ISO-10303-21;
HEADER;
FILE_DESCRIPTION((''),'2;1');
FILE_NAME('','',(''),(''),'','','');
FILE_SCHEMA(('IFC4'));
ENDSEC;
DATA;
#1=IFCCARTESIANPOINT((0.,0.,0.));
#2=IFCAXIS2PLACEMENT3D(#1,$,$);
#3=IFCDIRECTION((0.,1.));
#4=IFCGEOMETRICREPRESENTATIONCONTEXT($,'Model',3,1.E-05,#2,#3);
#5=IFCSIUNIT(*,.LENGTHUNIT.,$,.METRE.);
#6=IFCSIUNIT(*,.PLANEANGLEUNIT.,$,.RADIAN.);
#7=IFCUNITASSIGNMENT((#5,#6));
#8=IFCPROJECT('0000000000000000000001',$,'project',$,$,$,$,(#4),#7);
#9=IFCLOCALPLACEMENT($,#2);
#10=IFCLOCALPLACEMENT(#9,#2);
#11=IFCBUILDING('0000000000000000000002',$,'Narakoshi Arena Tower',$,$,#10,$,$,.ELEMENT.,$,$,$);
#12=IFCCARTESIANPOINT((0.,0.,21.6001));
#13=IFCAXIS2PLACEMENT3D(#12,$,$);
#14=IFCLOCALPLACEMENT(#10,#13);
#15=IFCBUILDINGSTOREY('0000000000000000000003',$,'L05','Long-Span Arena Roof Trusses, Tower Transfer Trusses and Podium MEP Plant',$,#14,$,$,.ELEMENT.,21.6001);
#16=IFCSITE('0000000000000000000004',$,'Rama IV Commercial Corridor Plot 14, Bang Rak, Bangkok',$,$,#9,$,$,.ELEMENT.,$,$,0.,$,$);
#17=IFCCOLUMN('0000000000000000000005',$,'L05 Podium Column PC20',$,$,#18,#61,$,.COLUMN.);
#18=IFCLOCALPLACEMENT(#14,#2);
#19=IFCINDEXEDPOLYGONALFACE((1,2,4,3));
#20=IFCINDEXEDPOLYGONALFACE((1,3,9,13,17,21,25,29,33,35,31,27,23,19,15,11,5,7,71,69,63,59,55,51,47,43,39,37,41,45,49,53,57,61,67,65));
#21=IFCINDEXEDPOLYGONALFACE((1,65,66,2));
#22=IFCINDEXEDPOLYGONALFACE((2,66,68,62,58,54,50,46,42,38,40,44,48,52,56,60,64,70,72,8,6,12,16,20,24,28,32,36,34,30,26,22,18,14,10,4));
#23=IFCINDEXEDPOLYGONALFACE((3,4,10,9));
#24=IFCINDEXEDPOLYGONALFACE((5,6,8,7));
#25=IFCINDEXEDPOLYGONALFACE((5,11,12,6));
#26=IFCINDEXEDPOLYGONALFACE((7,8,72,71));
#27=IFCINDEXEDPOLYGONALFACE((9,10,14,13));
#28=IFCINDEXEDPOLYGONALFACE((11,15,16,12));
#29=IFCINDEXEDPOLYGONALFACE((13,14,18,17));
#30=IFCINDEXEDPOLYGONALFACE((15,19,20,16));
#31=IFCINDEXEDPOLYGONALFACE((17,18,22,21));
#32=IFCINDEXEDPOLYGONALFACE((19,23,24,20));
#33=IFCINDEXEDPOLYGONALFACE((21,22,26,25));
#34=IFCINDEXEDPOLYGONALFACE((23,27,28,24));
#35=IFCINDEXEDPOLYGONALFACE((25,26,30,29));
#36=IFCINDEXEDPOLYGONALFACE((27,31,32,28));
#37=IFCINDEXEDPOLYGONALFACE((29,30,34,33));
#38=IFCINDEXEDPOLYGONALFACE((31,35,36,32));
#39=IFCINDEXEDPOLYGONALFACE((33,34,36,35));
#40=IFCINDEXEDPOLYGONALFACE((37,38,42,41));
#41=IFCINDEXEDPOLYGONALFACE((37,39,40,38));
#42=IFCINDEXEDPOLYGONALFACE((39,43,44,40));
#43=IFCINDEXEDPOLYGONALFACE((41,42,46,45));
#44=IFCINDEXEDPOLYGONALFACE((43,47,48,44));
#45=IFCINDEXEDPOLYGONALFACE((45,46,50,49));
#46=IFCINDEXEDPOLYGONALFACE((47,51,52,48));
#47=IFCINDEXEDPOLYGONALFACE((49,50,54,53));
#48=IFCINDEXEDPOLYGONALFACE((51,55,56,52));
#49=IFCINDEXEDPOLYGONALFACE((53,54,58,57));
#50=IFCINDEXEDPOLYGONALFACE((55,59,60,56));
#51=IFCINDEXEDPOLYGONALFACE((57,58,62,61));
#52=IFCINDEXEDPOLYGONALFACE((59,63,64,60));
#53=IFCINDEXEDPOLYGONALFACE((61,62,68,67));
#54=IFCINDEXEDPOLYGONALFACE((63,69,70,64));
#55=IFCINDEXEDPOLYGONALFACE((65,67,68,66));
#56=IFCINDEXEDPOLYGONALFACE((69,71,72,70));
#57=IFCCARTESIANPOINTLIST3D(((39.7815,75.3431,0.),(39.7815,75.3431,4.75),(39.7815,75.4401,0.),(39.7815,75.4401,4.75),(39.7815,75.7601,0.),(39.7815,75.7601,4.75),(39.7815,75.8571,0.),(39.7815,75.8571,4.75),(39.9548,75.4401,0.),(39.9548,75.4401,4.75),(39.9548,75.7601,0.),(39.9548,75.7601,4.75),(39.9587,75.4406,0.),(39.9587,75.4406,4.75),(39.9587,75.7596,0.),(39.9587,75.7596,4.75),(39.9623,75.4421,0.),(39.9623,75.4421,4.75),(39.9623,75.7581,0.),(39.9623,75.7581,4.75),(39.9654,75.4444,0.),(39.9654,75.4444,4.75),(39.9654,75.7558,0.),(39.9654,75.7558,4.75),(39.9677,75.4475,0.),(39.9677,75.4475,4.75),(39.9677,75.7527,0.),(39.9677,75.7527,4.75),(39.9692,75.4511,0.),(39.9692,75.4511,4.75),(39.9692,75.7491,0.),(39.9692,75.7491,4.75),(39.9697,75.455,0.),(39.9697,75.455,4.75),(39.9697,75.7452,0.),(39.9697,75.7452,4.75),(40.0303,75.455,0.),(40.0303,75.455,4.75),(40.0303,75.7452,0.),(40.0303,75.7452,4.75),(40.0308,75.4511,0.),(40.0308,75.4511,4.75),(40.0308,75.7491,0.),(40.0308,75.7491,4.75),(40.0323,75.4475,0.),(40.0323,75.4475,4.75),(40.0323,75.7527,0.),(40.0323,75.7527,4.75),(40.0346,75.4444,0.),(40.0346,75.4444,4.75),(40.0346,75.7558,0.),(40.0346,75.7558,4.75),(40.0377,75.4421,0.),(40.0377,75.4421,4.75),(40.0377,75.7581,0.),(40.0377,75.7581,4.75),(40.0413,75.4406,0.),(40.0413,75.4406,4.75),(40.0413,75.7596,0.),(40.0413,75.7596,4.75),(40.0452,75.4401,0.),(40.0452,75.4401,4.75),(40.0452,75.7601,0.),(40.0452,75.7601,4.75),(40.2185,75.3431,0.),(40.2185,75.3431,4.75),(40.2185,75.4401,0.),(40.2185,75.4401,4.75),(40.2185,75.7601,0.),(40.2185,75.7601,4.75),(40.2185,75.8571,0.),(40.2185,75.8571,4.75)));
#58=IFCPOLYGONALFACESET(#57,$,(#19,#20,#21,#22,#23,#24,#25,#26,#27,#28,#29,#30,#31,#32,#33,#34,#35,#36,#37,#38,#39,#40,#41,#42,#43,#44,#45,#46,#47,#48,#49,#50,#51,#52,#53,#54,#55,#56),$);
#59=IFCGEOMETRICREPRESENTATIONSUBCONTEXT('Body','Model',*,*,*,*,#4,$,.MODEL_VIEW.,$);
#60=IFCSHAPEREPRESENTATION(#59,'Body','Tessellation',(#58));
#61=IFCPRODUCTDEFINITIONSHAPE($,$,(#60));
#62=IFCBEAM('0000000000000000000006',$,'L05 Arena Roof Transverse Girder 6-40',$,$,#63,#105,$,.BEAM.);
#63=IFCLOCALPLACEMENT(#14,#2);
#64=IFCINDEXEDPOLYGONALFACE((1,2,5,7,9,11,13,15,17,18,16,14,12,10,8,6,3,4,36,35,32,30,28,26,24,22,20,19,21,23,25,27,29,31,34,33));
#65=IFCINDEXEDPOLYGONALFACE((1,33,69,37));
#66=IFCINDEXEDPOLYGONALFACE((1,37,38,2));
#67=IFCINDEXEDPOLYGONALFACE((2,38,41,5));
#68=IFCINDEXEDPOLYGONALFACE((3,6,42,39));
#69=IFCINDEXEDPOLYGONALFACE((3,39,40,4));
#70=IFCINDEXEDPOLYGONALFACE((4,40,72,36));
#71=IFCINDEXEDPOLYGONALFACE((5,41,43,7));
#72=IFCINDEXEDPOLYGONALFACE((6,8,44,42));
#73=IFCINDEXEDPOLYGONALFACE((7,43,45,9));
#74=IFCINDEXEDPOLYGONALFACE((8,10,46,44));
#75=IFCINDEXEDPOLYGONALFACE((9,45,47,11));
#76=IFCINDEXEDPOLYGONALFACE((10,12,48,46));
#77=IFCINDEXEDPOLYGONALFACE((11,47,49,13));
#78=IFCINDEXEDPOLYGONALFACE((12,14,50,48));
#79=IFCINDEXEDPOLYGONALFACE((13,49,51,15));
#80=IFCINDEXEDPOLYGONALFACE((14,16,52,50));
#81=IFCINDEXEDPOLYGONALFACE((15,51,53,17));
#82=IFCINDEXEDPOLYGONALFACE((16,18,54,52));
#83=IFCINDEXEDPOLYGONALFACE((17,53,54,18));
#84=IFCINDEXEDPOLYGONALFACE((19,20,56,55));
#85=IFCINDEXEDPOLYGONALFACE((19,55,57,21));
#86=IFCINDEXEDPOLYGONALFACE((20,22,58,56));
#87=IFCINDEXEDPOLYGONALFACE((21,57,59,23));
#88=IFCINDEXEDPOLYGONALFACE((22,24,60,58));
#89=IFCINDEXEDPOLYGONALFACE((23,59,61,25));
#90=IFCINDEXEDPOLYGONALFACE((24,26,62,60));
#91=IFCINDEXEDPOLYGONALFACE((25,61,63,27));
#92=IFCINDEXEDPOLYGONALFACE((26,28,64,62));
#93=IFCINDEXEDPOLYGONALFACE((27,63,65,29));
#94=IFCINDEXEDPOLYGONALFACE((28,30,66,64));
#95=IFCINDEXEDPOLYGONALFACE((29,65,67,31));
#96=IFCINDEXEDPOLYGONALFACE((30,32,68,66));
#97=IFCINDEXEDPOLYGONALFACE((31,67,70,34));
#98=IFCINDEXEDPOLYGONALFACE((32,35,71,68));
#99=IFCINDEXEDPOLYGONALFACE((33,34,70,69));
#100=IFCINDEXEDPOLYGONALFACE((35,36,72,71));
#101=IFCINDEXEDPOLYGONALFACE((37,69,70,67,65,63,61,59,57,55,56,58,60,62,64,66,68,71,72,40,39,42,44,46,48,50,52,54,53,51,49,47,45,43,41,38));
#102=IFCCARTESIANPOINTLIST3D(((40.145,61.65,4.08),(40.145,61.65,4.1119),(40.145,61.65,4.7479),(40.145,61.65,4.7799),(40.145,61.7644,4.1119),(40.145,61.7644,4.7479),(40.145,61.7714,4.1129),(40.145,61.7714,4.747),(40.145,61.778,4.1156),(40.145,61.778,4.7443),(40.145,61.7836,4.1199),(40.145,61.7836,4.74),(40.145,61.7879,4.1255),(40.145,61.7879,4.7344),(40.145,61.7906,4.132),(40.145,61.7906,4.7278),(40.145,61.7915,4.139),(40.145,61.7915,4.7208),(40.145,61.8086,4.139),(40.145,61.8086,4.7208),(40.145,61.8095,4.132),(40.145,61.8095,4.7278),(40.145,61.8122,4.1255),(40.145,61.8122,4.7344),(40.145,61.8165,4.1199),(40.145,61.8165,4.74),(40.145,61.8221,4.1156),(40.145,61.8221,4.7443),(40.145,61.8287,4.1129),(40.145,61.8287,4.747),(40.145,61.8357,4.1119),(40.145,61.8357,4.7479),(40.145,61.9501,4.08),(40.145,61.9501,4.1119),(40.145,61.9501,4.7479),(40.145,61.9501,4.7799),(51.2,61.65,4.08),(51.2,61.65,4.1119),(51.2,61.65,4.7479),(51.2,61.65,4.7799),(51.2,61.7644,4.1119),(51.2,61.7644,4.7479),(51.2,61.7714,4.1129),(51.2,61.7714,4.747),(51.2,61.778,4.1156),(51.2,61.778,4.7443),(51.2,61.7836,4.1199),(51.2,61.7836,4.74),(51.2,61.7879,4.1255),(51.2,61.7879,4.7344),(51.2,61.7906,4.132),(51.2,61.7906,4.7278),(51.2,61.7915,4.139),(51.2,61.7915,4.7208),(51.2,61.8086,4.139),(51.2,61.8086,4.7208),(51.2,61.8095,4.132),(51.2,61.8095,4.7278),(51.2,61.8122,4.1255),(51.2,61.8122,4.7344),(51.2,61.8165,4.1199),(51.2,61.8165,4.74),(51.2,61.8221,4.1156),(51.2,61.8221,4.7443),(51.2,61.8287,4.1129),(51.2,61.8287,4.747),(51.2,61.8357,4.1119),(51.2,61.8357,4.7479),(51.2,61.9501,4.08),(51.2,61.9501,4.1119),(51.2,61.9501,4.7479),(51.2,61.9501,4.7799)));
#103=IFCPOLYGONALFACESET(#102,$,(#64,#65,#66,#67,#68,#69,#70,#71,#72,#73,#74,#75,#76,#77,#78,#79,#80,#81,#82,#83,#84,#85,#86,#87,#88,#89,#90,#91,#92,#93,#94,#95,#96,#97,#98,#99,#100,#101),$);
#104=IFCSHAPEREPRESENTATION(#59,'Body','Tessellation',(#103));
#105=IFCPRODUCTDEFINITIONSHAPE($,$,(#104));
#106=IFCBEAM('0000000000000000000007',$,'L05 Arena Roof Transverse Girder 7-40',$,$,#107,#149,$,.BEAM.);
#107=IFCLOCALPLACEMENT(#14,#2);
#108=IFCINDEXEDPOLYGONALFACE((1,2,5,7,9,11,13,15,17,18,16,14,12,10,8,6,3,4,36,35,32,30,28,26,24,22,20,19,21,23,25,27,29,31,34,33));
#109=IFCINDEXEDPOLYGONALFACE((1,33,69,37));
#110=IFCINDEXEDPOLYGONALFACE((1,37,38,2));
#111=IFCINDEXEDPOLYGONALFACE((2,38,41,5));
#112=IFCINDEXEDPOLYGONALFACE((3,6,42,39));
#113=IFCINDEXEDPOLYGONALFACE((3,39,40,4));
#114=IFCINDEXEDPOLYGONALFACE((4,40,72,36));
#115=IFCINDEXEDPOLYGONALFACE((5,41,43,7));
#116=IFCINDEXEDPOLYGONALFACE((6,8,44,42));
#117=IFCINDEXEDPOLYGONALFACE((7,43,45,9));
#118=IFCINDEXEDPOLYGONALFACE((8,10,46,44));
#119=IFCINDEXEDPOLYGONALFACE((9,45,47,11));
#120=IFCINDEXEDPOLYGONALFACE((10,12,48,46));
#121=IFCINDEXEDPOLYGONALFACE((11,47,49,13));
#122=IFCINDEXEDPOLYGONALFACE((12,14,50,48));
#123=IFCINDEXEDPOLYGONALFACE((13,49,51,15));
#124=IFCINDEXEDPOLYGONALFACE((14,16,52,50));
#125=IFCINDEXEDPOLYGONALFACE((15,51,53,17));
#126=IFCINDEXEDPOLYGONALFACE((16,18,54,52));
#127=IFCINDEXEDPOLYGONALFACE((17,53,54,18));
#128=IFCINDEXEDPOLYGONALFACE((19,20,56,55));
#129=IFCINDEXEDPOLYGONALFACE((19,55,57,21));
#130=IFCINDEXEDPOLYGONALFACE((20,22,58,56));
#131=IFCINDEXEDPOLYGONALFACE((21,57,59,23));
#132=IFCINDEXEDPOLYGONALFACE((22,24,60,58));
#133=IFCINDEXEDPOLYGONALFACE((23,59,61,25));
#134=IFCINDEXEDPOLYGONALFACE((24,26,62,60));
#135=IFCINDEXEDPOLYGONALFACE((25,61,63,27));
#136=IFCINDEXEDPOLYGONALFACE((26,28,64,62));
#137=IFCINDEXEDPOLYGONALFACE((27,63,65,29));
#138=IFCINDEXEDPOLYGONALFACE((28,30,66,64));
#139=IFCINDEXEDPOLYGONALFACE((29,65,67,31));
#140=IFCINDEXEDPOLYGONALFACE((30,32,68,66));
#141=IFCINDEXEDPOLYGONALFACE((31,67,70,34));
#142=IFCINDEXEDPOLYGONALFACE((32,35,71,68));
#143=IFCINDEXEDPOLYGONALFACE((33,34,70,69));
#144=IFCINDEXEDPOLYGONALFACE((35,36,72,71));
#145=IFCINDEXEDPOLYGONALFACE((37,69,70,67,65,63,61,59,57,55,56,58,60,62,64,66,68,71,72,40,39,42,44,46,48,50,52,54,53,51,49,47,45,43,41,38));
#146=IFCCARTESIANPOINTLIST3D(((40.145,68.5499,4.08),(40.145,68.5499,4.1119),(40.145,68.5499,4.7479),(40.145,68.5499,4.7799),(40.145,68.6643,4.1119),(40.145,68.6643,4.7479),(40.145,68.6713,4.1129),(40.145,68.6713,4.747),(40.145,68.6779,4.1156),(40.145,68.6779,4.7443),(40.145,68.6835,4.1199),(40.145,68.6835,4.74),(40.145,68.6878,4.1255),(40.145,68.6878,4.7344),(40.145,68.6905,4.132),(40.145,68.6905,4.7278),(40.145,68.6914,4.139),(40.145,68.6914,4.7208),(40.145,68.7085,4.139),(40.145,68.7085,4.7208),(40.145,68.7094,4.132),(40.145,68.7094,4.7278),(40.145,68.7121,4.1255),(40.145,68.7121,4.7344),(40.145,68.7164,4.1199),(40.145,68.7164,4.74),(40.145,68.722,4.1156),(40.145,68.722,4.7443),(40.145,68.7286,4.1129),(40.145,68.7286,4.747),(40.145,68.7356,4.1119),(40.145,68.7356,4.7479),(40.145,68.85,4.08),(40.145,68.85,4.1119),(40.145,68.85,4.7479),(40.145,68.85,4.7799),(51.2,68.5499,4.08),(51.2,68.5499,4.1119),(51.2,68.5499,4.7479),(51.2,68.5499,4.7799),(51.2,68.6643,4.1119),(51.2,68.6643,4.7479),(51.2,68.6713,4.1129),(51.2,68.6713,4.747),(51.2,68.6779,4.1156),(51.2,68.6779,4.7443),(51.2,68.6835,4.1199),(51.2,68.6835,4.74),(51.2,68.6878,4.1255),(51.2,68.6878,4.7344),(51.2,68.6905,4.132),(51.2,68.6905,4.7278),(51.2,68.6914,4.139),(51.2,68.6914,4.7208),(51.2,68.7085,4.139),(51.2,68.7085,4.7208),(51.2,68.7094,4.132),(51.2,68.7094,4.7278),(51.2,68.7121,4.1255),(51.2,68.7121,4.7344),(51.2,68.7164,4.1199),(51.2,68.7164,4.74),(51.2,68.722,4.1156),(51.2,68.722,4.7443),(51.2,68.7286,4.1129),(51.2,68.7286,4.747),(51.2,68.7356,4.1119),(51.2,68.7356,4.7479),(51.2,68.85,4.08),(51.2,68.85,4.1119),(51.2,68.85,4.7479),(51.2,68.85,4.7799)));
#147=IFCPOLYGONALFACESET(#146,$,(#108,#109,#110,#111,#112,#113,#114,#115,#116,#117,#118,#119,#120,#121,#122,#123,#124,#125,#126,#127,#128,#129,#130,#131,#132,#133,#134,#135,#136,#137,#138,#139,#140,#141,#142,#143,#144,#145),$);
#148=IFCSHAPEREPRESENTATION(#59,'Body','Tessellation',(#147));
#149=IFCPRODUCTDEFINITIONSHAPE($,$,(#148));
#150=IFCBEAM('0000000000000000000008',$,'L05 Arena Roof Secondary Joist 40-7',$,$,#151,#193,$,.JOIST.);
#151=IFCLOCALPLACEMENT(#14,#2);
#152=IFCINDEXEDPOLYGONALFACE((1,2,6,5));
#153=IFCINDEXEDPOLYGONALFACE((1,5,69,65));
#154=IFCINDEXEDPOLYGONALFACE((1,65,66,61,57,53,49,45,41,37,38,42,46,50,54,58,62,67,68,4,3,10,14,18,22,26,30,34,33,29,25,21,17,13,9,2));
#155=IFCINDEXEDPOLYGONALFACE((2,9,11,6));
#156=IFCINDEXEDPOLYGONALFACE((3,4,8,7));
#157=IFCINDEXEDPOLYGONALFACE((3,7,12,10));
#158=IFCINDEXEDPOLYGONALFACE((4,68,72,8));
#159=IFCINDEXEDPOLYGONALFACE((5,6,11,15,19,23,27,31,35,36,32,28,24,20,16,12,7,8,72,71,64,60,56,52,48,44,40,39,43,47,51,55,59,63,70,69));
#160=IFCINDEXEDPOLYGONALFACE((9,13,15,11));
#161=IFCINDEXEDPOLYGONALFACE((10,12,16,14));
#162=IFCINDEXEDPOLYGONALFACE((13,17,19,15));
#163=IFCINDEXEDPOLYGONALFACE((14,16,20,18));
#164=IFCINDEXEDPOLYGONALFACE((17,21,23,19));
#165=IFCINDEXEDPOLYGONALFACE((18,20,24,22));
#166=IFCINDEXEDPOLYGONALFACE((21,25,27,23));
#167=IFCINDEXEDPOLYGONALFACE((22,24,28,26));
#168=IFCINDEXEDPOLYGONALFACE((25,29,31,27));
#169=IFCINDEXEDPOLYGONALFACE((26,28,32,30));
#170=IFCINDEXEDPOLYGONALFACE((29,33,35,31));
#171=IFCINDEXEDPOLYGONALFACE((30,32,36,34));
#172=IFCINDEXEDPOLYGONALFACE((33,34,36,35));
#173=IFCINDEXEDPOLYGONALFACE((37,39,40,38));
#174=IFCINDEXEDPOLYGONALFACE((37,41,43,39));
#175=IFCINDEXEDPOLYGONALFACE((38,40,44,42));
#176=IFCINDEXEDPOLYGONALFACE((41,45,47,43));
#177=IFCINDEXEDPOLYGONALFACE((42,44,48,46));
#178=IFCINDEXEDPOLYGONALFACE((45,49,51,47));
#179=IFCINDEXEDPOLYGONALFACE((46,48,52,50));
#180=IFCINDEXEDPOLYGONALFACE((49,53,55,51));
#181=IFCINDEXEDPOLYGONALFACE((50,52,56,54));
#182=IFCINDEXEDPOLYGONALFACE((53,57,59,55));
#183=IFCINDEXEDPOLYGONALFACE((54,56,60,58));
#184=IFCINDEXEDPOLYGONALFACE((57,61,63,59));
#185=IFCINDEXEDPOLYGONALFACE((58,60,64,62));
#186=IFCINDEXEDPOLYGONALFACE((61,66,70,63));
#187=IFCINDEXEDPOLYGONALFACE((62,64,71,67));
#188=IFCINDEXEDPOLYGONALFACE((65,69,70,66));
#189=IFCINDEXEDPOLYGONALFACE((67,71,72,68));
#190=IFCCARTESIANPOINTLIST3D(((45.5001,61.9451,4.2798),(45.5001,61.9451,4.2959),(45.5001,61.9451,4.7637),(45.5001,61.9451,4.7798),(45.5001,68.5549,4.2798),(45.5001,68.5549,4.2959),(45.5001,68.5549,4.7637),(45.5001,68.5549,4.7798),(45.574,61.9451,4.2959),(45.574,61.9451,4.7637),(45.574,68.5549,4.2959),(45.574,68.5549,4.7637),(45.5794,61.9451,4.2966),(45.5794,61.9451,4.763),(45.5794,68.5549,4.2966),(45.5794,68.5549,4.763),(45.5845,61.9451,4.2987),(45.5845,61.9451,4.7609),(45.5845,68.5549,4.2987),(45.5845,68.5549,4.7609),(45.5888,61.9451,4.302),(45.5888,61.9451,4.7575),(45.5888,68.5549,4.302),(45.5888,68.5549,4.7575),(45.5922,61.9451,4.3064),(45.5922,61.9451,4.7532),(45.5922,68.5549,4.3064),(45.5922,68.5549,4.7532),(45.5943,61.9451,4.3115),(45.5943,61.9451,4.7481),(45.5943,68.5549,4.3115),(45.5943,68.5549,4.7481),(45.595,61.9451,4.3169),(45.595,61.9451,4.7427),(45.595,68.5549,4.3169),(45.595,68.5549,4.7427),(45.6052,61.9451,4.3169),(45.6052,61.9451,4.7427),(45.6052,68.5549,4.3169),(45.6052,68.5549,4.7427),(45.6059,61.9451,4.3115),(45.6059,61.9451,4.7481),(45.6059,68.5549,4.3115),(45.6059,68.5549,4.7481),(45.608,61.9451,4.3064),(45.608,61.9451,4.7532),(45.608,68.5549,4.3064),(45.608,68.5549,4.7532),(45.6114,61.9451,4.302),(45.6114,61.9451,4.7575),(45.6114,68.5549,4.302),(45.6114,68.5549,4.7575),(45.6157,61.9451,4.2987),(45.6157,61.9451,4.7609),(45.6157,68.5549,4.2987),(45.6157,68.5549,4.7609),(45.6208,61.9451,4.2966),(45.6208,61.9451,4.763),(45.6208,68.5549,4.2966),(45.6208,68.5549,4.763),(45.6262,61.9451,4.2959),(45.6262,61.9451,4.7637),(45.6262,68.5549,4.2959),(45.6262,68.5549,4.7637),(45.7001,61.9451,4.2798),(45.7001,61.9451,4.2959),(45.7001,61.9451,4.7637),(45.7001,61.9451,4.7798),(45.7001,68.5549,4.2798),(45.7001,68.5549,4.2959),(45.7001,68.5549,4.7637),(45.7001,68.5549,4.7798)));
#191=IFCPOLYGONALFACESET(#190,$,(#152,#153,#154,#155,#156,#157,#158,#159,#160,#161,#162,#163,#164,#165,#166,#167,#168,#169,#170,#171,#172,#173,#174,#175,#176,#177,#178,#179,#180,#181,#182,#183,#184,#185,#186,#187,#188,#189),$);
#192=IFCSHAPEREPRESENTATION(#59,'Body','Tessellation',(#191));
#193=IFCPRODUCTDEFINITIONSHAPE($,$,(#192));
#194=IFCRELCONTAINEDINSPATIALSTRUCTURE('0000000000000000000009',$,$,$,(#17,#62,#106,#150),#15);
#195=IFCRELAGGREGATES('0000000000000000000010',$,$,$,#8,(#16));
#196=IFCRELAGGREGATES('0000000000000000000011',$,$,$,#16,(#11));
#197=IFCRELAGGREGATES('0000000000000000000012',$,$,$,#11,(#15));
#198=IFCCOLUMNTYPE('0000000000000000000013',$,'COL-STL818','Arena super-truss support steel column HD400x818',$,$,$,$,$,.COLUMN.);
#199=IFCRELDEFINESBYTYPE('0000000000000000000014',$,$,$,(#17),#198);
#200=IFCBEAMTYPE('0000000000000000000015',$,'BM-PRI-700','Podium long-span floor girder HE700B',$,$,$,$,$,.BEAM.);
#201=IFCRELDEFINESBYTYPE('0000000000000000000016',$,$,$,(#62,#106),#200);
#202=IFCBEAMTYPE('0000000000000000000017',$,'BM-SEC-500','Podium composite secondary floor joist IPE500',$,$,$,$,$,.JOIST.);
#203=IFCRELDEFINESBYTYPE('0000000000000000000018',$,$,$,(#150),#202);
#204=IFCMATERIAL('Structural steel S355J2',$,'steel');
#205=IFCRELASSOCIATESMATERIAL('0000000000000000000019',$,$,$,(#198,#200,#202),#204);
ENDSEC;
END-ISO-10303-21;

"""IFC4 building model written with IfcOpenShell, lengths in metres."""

from ifc_helpers import new_model, si_unit, direction, frame, origin, origin_2d, place, context, subcontext, project, spatial, i_section, extrude, material, material_profile, profile_set, type_object, element, save


model = new_model("IFC4")

# Units and contexts
model_context = context("Model", 3, precision=1e-05, world=origin(), true_north=direction((0.0, 1.0)))
body_context = subcontext(model_context, "Body", "Model", "MODEL_VIEW")
ifc_project = project(units=[si_unit("LENGTHUNIT", "METRE"), si_unit("PLANEANGLEUNIT", "RADIAN")], contexts=[model_context])

# Site, building, storey
site_placement = place(None, origin())
site = spatial("IfcSite", under=ifc_project, at=site_placement, Name="Rama IV Commercial Corridor Plot 14, Bang Rak, Bangkok", CompositionType="ELEMENT", RefElevation=0.0)
building_placement = place(site_placement, origin())
building = spatial("IfcBuilding", under=site, at=building_placement, Name="Narakoshi Arena Tower", CompositionType="ELEMENT")
storey_placement = place(building_placement, frame((0.0, 0.0, 21.6001)))
storey = spatial("IfcBuildingStorey", under=building, at=storey_placement, Name="L05", Description="Long-Span Arena Roof Trusses, Tower Transfer Trusses and Podium MEP Plant", CompositionType="ELEMENT", Elevation=21.6001)

# Column
ifc_material_1 = material(Name="Structural steel S355J2", Category="steel")
ifc_material_profile_1 = material_profile(ifc_material_1, i_section(OverallWidth=0.437, OverallDepth=0.5139, WebThickness=0.0605, FlangeThickness=0.0969, FilletRadius=0.0149, at=origin_2d()), Name="HD400x818")
ifc_profile_set_1 = profile_set([ifc_material_profile_1], Name="Structural steel S355J2")
column_type = type_object("IfcColumnType", Name="COL-STL818", Description="Arena super-truss support steel column HD400x818", PredefinedType="COLUMN", material=ifc_profile_set_1)
column_placement = place(storey_placement, frame((40.0, 75.6001, 0.0), z_axis=(0.0, 0.0, 1.0), x_axis=(1.0, 0.0, 0.0)))
element("IfcColumn", 1, at=column_placement, inside=storey, type_object=column_type, Name="L05 Podium Column PC20", PredefinedType="COLUMN", context=body_context, shape_type="SweptSolid", body=[
    extrude(i_section(OverallWidth=0.437, OverallDepth=0.5139, WebThickness=0.0605, FlangeThickness=0.0969, FilletRadius=0.0149, at=origin_2d()), origin(), (0.0, 0.0, 1.0), 4.75),
])

# Beams
ifc_material_profile_2 = material_profile(ifc_material_1, i_section(OverallWidth=0.3, OverallDepth=0.7, WebThickness=0.0171, FlangeThickness=0.032, FilletRadius=0.0271, at=origin_2d()), Name="HE700B")
ifc_profile_set_2 = profile_set([ifc_material_profile_2], Name="Structural steel S355J2")
beam_type_1 = type_object("IfcBeamType", Name="BM-PRI-700", Description="Podium long-span floor girder HE700B", PredefinedType="BEAM", material=ifc_profile_set_2)
for number, where, z_axis, x_axis, name in (
    (2, (40.145, 61.8, 4.4299), (1.0, 0.0, 0.0), (0.0, 1.0, 0.0), "L05 Arena Roof Transverse Girder 6-40"),
    (3, (40.145, 68.7, 4.4299), (1.0, 0.0, 0.0), (0.0, 1.0, 0.0), "L05 Arena Roof Transverse Girder 7-40"),
):
    element("IfcBeam", number, at=place(storey_placement, frame(where, z_axis=z_axis, x_axis=x_axis)), inside=storey, type_object=beam_type_1, Name=name, PredefinedType="BEAM", context=body_context, shape_type="SweptSolid", body=[
        extrude(i_section(OverallWidth=0.3, OverallDepth=0.7, WebThickness=0.0171, FlangeThickness=0.032, FilletRadius=0.0271, at=origin_2d()), origin(), (0.0, 0.0, 1.0), 11.0549),
    ])
ifc_material_profile_3 = material_profile(ifc_material_1, i_section(OverallWidth=0.2, OverallDepth=0.5, WebThickness=0.0103, FlangeThickness=0.0161, FilletRadius=0.021, at=origin_2d()), Name="IPE500")
ifc_profile_set_3 = profile_set([ifc_material_profile_3], Name="Structural steel S355J2")
beam_type_2 = type_object("IfcBeamType", Name="BM-SEC-500", Description="Podium composite secondary floor joist IPE500", PredefinedType="JOIST", material=ifc_profile_set_3)
beam_1_placement = place(storey_placement, frame((45.6001, 61.9451, 4.5298), z_axis=(0.0, 1.0, 0.0), x_axis=(-1.0, 0.0, 0.0)))
element("IfcBeam", 4, at=beam_1_placement, inside=storey, type_object=beam_type_2, Name="L05 Arena Roof Secondary Joist 40-7", PredefinedType="JOIST", context=body_context, shape_type="SweptSolid", body=[
    extrude(i_section(OverallWidth=0.2, OverallDepth=0.5, WebThickness=0.0103, FlangeThickness=0.0161, FilletRadius=0.021, at=origin_2d()), origin(), (0.0, 0.0, 1.0), 6.6099),
])

save(model, "model.ifc")
